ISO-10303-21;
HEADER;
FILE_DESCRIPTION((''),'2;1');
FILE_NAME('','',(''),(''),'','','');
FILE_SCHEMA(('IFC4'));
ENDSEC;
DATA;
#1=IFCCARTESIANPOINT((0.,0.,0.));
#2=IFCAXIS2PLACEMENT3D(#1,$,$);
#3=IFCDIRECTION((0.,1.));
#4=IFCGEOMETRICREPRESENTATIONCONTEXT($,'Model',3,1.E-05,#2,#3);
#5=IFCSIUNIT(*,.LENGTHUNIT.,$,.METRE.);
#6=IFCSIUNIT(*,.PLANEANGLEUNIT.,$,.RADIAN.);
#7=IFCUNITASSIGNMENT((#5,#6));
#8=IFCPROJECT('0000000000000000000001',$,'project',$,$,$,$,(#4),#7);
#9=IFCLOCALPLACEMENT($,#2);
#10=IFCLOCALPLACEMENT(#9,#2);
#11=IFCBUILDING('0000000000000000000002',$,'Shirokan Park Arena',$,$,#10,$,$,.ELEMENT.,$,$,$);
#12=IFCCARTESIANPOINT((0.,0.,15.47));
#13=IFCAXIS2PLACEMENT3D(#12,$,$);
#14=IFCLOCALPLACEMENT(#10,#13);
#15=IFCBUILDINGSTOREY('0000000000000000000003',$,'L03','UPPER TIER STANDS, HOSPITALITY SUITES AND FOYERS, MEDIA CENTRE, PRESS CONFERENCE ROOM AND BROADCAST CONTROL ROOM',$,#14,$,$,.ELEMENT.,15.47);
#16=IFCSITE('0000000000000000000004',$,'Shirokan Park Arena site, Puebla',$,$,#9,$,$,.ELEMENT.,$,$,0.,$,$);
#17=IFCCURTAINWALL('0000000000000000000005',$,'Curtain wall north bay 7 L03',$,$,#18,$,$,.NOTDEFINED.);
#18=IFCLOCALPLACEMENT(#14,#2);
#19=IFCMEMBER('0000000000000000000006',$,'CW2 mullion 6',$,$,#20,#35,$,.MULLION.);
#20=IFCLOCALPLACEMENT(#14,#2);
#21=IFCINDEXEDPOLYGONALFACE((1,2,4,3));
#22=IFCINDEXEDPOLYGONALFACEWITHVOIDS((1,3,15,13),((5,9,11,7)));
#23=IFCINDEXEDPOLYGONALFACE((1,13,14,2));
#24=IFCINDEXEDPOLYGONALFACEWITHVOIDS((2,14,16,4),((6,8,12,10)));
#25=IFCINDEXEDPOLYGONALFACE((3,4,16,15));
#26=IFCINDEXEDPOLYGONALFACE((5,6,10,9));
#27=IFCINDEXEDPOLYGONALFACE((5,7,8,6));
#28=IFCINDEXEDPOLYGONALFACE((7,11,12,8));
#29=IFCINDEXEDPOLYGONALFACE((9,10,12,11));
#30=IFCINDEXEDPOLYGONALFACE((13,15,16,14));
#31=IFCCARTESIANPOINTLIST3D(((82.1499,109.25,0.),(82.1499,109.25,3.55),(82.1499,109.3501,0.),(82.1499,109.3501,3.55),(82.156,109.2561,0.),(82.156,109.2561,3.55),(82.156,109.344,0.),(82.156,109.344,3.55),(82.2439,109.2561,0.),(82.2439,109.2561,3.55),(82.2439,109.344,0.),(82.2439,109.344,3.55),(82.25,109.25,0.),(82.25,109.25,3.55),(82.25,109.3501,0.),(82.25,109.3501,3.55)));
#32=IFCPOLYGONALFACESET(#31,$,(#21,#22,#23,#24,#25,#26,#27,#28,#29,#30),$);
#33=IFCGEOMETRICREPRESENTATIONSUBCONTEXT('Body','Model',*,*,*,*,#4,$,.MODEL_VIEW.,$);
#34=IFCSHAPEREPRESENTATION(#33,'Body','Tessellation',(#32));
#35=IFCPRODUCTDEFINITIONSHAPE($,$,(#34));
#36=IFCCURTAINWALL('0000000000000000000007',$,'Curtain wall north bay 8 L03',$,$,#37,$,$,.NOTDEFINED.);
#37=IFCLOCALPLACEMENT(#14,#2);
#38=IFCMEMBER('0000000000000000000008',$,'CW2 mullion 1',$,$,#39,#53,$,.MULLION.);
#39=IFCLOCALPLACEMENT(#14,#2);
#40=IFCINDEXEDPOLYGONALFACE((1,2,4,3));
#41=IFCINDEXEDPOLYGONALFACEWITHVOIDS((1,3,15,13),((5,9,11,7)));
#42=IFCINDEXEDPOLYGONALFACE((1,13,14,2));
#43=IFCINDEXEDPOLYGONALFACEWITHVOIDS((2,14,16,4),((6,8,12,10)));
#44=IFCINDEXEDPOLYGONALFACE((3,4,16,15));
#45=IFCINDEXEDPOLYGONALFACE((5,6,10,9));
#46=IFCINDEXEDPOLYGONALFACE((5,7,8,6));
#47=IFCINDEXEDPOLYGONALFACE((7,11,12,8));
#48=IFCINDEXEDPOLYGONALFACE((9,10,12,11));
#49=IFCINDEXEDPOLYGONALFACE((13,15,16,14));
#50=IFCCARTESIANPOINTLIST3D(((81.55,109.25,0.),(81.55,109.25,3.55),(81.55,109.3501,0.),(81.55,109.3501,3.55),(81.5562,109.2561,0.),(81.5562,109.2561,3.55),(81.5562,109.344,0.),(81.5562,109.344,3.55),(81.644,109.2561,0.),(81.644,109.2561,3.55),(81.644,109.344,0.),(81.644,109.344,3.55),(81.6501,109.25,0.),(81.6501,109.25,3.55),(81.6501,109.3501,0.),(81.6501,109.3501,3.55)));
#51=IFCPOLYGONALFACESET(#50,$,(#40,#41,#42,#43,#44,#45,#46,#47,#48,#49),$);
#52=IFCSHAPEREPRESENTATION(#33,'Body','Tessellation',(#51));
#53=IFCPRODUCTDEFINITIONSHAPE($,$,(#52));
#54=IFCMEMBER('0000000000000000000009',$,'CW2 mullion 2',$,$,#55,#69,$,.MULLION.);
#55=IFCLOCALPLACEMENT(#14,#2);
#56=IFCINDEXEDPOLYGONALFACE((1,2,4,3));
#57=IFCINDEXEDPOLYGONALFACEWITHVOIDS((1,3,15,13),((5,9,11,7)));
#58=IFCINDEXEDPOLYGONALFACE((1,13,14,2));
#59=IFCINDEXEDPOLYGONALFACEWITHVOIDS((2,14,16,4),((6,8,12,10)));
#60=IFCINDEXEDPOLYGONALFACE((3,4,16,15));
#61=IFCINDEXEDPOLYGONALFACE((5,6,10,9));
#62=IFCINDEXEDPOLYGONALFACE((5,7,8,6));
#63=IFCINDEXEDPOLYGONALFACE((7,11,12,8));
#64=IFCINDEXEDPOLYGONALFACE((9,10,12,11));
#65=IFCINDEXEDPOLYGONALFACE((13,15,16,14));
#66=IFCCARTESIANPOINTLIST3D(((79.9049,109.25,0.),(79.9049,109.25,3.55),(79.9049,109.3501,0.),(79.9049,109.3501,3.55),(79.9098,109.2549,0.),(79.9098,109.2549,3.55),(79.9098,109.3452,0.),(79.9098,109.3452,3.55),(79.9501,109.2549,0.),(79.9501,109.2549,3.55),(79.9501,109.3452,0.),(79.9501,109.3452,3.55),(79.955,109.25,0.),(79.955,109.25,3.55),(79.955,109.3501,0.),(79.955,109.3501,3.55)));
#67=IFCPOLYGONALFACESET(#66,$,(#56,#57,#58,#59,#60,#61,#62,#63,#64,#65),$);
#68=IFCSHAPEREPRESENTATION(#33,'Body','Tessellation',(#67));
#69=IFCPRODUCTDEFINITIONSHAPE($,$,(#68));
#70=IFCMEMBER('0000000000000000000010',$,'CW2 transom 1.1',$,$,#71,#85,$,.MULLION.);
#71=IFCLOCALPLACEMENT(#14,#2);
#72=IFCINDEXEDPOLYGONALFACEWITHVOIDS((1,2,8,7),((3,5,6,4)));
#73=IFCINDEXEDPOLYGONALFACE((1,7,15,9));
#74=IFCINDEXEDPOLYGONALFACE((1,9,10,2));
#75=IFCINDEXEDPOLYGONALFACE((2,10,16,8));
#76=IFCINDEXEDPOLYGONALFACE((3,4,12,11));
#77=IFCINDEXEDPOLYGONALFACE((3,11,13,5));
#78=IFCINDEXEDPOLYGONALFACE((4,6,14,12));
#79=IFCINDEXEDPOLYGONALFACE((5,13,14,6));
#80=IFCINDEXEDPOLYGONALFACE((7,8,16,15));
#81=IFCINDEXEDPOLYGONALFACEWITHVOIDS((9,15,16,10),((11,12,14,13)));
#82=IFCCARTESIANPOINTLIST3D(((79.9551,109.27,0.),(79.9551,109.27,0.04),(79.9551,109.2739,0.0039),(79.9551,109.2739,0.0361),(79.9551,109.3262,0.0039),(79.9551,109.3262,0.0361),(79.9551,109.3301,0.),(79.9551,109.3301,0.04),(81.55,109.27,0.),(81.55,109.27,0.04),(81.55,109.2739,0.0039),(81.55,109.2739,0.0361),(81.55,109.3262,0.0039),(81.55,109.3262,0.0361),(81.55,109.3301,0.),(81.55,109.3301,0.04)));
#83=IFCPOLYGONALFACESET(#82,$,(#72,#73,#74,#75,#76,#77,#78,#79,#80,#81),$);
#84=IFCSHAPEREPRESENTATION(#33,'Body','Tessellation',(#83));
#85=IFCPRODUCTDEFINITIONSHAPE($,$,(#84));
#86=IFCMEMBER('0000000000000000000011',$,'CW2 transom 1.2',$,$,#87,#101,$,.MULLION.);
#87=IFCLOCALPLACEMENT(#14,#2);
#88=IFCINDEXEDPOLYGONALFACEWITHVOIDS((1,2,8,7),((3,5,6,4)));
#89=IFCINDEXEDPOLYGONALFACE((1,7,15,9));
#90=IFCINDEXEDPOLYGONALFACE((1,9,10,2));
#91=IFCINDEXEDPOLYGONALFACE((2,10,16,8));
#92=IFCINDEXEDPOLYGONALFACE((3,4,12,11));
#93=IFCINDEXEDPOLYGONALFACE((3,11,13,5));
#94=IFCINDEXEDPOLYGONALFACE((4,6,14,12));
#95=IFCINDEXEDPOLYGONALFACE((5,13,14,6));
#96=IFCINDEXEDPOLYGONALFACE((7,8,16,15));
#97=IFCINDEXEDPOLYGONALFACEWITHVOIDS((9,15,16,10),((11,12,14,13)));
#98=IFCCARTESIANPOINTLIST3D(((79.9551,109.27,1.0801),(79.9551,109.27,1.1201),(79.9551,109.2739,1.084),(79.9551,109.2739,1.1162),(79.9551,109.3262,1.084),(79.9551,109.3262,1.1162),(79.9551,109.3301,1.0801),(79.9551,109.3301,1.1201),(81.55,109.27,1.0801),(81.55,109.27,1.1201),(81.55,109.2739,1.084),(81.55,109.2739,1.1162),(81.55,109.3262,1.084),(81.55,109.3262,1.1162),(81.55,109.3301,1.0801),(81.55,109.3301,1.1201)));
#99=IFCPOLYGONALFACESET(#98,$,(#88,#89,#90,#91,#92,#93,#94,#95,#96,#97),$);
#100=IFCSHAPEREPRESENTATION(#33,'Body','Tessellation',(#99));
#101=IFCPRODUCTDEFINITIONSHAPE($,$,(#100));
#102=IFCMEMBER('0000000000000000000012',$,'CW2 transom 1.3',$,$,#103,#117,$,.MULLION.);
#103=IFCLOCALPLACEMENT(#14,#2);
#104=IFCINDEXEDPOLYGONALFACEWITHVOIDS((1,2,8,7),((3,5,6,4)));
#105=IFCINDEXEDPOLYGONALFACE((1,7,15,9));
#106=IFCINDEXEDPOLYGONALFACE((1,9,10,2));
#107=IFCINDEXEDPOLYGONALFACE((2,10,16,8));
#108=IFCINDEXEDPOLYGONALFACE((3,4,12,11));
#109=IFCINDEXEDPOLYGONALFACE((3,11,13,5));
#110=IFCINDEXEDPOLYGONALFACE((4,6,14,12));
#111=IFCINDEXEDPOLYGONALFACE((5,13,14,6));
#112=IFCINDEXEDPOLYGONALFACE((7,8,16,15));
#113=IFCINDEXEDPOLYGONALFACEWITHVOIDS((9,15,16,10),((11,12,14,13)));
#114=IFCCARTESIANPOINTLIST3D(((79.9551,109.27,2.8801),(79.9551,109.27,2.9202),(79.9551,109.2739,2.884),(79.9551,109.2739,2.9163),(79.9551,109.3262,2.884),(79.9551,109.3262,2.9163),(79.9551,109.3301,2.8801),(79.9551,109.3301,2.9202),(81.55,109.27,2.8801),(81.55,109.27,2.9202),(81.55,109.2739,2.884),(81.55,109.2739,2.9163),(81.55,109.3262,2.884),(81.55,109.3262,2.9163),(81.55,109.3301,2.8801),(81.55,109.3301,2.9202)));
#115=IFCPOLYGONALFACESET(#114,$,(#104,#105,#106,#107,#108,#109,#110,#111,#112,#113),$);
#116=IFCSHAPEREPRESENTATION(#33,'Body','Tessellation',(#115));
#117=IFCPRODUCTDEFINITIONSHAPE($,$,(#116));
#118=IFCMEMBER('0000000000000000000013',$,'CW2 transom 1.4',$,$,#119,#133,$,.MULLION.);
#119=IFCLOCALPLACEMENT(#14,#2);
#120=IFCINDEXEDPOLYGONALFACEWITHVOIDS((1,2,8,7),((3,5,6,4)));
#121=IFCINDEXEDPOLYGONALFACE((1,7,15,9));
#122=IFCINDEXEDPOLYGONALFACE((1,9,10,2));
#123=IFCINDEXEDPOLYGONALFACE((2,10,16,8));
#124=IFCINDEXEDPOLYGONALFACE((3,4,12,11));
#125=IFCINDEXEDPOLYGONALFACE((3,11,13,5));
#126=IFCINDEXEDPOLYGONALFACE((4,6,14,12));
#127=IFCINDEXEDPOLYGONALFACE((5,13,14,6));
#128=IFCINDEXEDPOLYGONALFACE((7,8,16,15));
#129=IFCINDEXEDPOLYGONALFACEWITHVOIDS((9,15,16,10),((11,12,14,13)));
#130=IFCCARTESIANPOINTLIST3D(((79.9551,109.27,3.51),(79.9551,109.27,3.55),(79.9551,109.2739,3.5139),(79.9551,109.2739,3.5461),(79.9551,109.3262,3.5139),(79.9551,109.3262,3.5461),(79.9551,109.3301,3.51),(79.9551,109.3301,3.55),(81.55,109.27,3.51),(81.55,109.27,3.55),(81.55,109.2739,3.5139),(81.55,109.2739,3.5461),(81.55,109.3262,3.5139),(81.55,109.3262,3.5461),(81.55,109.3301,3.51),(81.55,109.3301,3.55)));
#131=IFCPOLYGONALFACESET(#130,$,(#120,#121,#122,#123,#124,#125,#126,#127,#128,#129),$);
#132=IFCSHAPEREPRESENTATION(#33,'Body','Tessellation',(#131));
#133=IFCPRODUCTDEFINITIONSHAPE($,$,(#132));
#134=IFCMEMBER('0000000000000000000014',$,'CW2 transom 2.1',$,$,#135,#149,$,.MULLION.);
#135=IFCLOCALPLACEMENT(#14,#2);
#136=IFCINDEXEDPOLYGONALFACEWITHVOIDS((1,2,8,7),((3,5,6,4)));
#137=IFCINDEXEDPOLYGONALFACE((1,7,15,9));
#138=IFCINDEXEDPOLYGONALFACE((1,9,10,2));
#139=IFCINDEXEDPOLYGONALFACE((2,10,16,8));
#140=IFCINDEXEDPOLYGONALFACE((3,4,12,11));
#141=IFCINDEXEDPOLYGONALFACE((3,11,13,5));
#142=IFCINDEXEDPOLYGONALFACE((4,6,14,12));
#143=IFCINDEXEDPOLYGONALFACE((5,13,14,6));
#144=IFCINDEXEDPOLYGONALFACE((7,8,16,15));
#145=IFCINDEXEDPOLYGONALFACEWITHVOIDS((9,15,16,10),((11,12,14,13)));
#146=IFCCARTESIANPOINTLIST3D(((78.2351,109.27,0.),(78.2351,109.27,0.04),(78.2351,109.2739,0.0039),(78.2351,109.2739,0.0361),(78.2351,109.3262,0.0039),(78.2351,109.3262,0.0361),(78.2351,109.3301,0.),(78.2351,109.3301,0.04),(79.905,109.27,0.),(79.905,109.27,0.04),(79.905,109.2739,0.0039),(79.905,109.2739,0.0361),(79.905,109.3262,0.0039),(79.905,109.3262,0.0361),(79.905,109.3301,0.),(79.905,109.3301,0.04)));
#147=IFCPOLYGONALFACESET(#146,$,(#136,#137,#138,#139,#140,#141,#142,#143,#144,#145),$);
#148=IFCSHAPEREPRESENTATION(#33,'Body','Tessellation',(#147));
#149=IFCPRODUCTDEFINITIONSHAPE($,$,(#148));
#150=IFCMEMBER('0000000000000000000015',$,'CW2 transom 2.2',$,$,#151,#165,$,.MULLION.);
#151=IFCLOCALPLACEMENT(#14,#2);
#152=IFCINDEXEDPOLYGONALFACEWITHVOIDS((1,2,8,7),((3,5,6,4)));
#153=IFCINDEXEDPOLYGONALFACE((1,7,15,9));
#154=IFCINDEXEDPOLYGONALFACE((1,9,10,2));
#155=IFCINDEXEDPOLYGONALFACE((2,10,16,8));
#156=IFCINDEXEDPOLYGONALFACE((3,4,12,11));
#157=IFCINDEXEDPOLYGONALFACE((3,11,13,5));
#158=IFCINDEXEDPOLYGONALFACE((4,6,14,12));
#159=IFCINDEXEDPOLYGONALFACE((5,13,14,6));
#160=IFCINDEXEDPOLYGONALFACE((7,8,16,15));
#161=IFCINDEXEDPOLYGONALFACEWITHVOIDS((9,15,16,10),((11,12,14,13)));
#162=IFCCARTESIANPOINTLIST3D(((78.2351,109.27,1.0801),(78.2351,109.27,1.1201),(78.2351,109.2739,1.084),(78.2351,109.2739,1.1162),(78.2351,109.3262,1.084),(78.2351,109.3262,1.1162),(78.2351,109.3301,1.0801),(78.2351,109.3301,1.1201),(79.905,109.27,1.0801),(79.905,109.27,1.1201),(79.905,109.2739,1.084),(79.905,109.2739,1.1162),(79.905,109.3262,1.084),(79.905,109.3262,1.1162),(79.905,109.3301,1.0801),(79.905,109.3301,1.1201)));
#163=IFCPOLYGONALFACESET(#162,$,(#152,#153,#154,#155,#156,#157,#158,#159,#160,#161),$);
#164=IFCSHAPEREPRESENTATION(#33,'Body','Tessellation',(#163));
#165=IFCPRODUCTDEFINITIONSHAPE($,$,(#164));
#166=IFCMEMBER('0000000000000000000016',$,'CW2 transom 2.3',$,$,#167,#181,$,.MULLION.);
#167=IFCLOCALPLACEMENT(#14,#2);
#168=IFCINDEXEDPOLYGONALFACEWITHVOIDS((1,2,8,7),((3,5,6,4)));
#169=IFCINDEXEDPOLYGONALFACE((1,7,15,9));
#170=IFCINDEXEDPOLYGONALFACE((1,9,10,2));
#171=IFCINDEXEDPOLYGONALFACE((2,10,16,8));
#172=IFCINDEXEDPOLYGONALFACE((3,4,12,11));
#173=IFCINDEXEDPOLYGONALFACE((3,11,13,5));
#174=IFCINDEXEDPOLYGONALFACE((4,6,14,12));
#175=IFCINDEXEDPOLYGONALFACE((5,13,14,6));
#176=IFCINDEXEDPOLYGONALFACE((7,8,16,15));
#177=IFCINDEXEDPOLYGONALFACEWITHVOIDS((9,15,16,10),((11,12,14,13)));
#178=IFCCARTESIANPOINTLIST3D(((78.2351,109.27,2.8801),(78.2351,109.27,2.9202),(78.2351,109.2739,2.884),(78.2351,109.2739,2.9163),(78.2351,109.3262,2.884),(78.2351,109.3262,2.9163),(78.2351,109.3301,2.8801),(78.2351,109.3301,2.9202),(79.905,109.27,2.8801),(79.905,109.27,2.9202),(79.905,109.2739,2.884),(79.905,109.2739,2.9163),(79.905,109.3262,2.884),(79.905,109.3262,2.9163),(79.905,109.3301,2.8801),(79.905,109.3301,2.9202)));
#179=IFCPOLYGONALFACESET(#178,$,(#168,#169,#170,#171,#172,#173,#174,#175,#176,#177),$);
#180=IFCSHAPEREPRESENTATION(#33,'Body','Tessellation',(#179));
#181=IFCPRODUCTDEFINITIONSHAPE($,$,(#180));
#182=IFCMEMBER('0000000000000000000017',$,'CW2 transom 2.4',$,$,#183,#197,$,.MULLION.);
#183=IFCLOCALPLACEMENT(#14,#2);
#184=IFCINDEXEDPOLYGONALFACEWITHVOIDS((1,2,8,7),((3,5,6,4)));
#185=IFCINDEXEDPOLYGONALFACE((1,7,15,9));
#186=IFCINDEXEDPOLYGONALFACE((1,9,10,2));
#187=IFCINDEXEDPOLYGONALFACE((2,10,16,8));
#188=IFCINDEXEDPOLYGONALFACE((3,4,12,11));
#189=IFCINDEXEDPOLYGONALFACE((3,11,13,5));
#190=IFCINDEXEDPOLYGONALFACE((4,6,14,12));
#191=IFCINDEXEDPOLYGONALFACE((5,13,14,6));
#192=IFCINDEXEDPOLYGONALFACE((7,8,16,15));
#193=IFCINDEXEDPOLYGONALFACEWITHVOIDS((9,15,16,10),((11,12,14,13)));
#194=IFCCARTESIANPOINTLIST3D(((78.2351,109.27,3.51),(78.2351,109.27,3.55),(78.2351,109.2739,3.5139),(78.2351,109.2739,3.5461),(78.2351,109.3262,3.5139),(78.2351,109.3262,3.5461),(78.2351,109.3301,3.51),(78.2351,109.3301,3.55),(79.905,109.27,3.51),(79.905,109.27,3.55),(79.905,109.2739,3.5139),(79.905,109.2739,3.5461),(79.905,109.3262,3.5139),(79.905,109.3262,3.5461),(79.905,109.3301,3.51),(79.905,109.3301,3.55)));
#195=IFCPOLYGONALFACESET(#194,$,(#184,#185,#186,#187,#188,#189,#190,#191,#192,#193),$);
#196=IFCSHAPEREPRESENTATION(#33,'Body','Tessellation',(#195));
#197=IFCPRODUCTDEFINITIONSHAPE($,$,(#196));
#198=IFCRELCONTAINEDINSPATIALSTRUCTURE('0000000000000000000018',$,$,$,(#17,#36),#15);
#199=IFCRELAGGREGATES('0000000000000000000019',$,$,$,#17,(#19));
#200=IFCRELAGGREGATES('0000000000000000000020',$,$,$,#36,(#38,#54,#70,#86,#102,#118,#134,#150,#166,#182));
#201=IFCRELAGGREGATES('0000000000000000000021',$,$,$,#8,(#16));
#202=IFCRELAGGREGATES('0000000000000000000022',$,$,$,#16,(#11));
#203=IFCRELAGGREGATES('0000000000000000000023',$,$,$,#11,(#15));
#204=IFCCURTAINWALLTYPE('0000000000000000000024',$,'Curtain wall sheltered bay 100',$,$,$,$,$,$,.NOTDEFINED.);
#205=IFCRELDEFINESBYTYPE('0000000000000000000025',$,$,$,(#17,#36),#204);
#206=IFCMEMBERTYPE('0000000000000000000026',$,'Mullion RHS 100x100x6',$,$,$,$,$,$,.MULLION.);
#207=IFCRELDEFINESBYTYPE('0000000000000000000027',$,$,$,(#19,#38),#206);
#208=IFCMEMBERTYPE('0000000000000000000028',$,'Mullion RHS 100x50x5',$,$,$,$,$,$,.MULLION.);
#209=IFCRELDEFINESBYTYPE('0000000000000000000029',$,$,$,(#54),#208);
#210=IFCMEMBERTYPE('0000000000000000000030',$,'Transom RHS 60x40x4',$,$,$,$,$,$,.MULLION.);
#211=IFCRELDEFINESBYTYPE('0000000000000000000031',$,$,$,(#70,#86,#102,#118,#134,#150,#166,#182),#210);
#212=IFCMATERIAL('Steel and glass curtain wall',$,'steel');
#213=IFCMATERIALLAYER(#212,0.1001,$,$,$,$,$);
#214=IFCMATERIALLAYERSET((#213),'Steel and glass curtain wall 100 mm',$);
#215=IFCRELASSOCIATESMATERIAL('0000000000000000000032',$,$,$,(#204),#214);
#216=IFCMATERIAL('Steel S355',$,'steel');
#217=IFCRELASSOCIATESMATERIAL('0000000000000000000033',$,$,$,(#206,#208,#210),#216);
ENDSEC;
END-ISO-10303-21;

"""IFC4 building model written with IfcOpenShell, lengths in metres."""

from ifc_helpers import new_model, si_unit, direction, frame, origin, origin_2d, place, context, subcontext, project, spatial, hollow_rectangle, extrude, material, layer, layer_set, material_profile, profile_set, type_object, element, aggregate, save


model = new_model("IFC4")

# Units and contexts
model_context = context("Model", 3, precision=1e-05, world=origin(), true_north=direction((0.0, 1.0)))
body_context = subcontext(model_context, "Body", "Model", "MODEL_VIEW")
ifc_project = project(units=[si_unit("LENGTHUNIT", "METRE"), si_unit("PLANEANGLEUNIT", "RADIAN")], contexts=[model_context])

# Site, building, storey
site_placement = place(None, origin())
site = spatial("IfcSite", under=ifc_project, at=site_placement, Name="Shirokan Park Arena site, Puebla", CompositionType="ELEMENT", RefElevation=0.0)
building_placement = place(site_placement, origin())
building = spatial("IfcBuilding", under=site, at=building_placement, Name="Shirokan Park Arena", CompositionType="ELEMENT")
storey_placement = place(building_placement, frame((0.0, 0.0, 15.47)))
storey = spatial("IfcBuildingStorey", under=building, at=storey_placement, Name="L03", Description="UPPER TIER STANDS, HOSPITALITY SUITES AND FOYERS, MEDIA CENTRE, PRESS CONFERENCE ROOM AND BROADCAST CONTROL ROOM", CompositionType="ELEMENT", Elevation=15.47)

# Curtain wall, member
ifc_material_1 = material(Name="Steel and glass curtain wall", Category="steel")
ifc_layer_1 = layer(ifc_material_1, 0.1001)
ifc_layer_set_1 = layer_set([ifc_layer_1], Name="Steel and glass curtain wall 100 mm")
curtain_wall_type = type_object("IfcCurtainWallType", Name="Curtain wall sheltered bay 100", PredefinedType="NOTDEFINED", material=ifc_layer_set_1)
curtain_wall_1_placement = place(storey_placement, origin())
curtain_wall_1 = element("IfcCurtainWall", 1, at=curtain_wall_1_placement, inside=storey, type_object=curtain_wall_type, Name="Curtain wall north bay 7 L03", PredefinedType="NOTDEFINED")
ifc_material_2 = material(Name="Steel S355", Category="steel")
ifc_material_profile_1 = material_profile(ifc_material_2, hollow_rectangle(XDim=0.1001, YDim=0.1001, WallThickness=0.0061, at=origin_2d()), Name="RHS 100x100x6")
ifc_profile_set_1 = profile_set([ifc_material_profile_1], Name="Steel S355")
member_type_1 = type_object("IfcMemberType", Name="Mullion RHS 100x100x6", PredefinedType="MULLION", material=ifc_profile_set_1)
member_1_placement = place(storey_placement, frame((82.2, 109.3, 0.0), z_axis=(0.0, 0.0, 1.0), x_axis=(0.0, -1.0, 0.0)))
member_1 = element("IfcMember", 2, at=member_1_placement, type_object=member_type_1, Name="CW2 mullion 6", PredefinedType="MULLION", context=body_context, shape_type="SweptSolid", body=[
    extrude(hollow_rectangle(XDim=0.1001, YDim=0.1001, WallThickness=0.0061, at=origin_2d()), origin(), (0.0, 0.0, 1.0), 3.55),
])

# Curtain wall, members
curtain_wall_2_placement = place(storey_placement, origin())
curtain_wall_2 = element("IfcCurtainWall", 3, at=curtain_wall_2_placement, inside=storey, type_object=curtain_wall_type, Name="Curtain wall north bay 8 L03", PredefinedType="NOTDEFINED")
member_2_placement = place(storey_placement, frame((81.6001, 109.3, 0.0), z_axis=(0.0, 0.0, 1.0), x_axis=(0.0, -1.0, 0.0)))
member_2 = element("IfcMember", 4, at=member_2_placement, type_object=member_type_1, Name="CW2 mullion 1", PredefinedType="MULLION", context=body_context, shape_type="SweptSolid", body=[
    extrude(hollow_rectangle(XDim=0.1001, YDim=0.1001, WallThickness=0.0061, at=origin_2d()), origin(), (0.0, 0.0, 1.0), 3.55),
])
ifc_material_profile_2 = material_profile(ifc_material_2, hollow_rectangle(XDim=0.1001, YDim=0.05, WallThickness=0.0049, at=origin_2d()), Name="RHS 100x50x5")
ifc_profile_set_2 = profile_set([ifc_material_profile_2], Name="Steel S355")
member_type_2 = type_object("IfcMemberType", Name="Mullion RHS 100x50x5", PredefinedType="MULLION", material=ifc_profile_set_2)
member_3_placement = place(storey_placement, frame((79.9299, 109.3, 0.0), z_axis=(0.0, 0.0, 1.0), x_axis=(0.0, -1.0, 0.0)))
member_3 = element("IfcMember", 5, at=member_3_placement, type_object=member_type_2, Name="CW2 mullion 2", PredefinedType="MULLION", context=body_context, shape_type="SweptSolid", body=[
    extrude(hollow_rectangle(XDim=0.1001, YDim=0.05, WallThickness=0.0049, at=origin_2d()), origin(), (0.0, 0.0, 1.0), 3.55),
])
ifc_material_profile_3 = material_profile(ifc_material_2, hollow_rectangle(XDim=0.0601, YDim=0.04, WallThickness=0.0039, at=origin_2d()), Name="RHS 60x40x4")
ifc_profile_set_3 = profile_set([ifc_material_profile_3], Name="Steel S355")
member_type_3 = type_object("IfcMemberType", Name="Transom RHS 60x40x4", PredefinedType="MULLION", material=ifc_profile_set_3)
member_4_placement = place(storey_placement, frame((81.55, 109.3, 0.02), z_axis=(-1.0, 0.0, 0.0), x_axis=(0.0, -1.0, 0.0)))
member_4 = element("IfcMember", 6, at=member_4_placement, type_object=member_type_3, Name="CW2 transom 1.1", PredefinedType="MULLION", context=body_context, shape_type="SweptSolid", body=[
    extrude(hollow_rectangle(XDim=0.0601, YDim=0.04, WallThickness=0.0039, at=origin_2d()), origin(), (0.0, 0.0, 1.0), 1.595),
])
member_5_placement = place(storey_placement, frame((81.55, 109.3, 1.1001), z_axis=(-1.0, 0.0, 0.0), x_axis=(0.0, -1.0, 0.0)))
member_5 = element("IfcMember", 7, at=member_5_placement, type_object=member_type_3, Name="CW2 transom 1.2", PredefinedType="MULLION", context=body_context, shape_type="SweptSolid", body=[
    extrude(hollow_rectangle(XDim=0.0601, YDim=0.04, WallThickness=0.0039, at=origin_2d()), origin(), (0.0, 0.0, 1.0), 1.595),
])
member_6_placement = place(storey_placement, frame((81.55, 109.3, 2.9001), z_axis=(-1.0, 0.0, 0.0), x_axis=(0.0, -1.0, 0.0)))
member_6 = element("IfcMember", 8, at=member_6_placement, type_object=member_type_3, Name="CW2 transom 1.3", PredefinedType="MULLION", context=body_context, shape_type="SweptSolid", body=[
    extrude(hollow_rectangle(XDim=0.0601, YDim=0.04, WallThickness=0.0039, at=origin_2d()), origin(), (0.0, 0.0, 1.0), 1.595),
])
member_7_placement = place(storey_placement, frame((81.55, 109.3, 3.53), z_axis=(-1.0, 0.0, 0.0), x_axis=(0.0, -1.0, 0.0)))
member_7 = element("IfcMember", 9, at=member_7_placement, type_object=member_type_3, Name="CW2 transom 1.4", PredefinedType="MULLION", context=body_context, shape_type="SweptSolid", body=[
    extrude(hollow_rectangle(XDim=0.0601, YDim=0.04, WallThickness=0.0039, at=origin_2d()), origin(), (0.0, 0.0, 1.0), 1.595),
])
member_8_placement = place(storey_placement, frame((79.905, 109.3, 0.02), z_axis=(-1.0, 0.0, 0.0), x_axis=(0.0, -1.0, 0.0)))
member_8 = element("IfcMember", 10, at=member_8_placement, type_object=member_type_3, Name="CW2 transom 2.1", PredefinedType="MULLION", context=body_context, shape_type="SweptSolid", body=[
    extrude(hollow_rectangle(XDim=0.0601, YDim=0.04, WallThickness=0.0039, at=origin_2d()), origin(), (0.0, 0.0, 1.0), 1.6699),
])
member_9_placement = place(storey_placement, frame((79.905, 109.3, 1.1001), z_axis=(-1.0, 0.0, 0.0), x_axis=(0.0, -1.0, 0.0)))
member_9 = element("IfcMember", 11, at=member_9_placement, type_object=member_type_3, Name="CW2 transom 2.2", PredefinedType="MULLION", context=body_context, shape_type="SweptSolid", body=[
    extrude(hollow_rectangle(XDim=0.0601, YDim=0.04, WallThickness=0.0039, at=origin_2d()), origin(), (0.0, 0.0, 1.0), 1.6699),
])
member_10_placement = place(storey_placement, frame((79.905, 109.3, 2.9001), z_axis=(-1.0, 0.0, 0.0), x_axis=(0.0, -1.0, 0.0)))
member_10 = element("IfcMember", 12, at=member_10_placement, type_object=member_type_3, Name="CW2 transom 2.3", PredefinedType="MULLION", context=body_context, shape_type="SweptSolid", body=[
    extrude(hollow_rectangle(XDim=0.0601, YDim=0.04, WallThickness=0.0039, at=origin_2d()), origin(), (0.0, 0.0, 1.0), 1.6699),
])
member_11_placement = place(storey_placement, frame((79.905, 109.3, 3.53), z_axis=(-1.0, 0.0, 0.0), x_axis=(0.0, -1.0, 0.0)))
member_11 = element("IfcMember", 13, at=member_11_placement, type_object=member_type_3, Name="CW2 transom 2.4", PredefinedType="MULLION", context=body_context, shape_type="SweptSolid", body=[
    extrude(hollow_rectangle(XDim=0.0601, YDim=0.04, WallThickness=0.0039, at=origin_2d()), origin(), (0.0, 0.0, 1.0), 1.6699),
])

aggregate(curtain_wall_1, [member_1])
aggregate(curtain_wall_2, [member_2, member_3, member_4, member_5, member_6, member_7, member_8, member_9, member_10, member_11])

save(model, "model.ifc")
